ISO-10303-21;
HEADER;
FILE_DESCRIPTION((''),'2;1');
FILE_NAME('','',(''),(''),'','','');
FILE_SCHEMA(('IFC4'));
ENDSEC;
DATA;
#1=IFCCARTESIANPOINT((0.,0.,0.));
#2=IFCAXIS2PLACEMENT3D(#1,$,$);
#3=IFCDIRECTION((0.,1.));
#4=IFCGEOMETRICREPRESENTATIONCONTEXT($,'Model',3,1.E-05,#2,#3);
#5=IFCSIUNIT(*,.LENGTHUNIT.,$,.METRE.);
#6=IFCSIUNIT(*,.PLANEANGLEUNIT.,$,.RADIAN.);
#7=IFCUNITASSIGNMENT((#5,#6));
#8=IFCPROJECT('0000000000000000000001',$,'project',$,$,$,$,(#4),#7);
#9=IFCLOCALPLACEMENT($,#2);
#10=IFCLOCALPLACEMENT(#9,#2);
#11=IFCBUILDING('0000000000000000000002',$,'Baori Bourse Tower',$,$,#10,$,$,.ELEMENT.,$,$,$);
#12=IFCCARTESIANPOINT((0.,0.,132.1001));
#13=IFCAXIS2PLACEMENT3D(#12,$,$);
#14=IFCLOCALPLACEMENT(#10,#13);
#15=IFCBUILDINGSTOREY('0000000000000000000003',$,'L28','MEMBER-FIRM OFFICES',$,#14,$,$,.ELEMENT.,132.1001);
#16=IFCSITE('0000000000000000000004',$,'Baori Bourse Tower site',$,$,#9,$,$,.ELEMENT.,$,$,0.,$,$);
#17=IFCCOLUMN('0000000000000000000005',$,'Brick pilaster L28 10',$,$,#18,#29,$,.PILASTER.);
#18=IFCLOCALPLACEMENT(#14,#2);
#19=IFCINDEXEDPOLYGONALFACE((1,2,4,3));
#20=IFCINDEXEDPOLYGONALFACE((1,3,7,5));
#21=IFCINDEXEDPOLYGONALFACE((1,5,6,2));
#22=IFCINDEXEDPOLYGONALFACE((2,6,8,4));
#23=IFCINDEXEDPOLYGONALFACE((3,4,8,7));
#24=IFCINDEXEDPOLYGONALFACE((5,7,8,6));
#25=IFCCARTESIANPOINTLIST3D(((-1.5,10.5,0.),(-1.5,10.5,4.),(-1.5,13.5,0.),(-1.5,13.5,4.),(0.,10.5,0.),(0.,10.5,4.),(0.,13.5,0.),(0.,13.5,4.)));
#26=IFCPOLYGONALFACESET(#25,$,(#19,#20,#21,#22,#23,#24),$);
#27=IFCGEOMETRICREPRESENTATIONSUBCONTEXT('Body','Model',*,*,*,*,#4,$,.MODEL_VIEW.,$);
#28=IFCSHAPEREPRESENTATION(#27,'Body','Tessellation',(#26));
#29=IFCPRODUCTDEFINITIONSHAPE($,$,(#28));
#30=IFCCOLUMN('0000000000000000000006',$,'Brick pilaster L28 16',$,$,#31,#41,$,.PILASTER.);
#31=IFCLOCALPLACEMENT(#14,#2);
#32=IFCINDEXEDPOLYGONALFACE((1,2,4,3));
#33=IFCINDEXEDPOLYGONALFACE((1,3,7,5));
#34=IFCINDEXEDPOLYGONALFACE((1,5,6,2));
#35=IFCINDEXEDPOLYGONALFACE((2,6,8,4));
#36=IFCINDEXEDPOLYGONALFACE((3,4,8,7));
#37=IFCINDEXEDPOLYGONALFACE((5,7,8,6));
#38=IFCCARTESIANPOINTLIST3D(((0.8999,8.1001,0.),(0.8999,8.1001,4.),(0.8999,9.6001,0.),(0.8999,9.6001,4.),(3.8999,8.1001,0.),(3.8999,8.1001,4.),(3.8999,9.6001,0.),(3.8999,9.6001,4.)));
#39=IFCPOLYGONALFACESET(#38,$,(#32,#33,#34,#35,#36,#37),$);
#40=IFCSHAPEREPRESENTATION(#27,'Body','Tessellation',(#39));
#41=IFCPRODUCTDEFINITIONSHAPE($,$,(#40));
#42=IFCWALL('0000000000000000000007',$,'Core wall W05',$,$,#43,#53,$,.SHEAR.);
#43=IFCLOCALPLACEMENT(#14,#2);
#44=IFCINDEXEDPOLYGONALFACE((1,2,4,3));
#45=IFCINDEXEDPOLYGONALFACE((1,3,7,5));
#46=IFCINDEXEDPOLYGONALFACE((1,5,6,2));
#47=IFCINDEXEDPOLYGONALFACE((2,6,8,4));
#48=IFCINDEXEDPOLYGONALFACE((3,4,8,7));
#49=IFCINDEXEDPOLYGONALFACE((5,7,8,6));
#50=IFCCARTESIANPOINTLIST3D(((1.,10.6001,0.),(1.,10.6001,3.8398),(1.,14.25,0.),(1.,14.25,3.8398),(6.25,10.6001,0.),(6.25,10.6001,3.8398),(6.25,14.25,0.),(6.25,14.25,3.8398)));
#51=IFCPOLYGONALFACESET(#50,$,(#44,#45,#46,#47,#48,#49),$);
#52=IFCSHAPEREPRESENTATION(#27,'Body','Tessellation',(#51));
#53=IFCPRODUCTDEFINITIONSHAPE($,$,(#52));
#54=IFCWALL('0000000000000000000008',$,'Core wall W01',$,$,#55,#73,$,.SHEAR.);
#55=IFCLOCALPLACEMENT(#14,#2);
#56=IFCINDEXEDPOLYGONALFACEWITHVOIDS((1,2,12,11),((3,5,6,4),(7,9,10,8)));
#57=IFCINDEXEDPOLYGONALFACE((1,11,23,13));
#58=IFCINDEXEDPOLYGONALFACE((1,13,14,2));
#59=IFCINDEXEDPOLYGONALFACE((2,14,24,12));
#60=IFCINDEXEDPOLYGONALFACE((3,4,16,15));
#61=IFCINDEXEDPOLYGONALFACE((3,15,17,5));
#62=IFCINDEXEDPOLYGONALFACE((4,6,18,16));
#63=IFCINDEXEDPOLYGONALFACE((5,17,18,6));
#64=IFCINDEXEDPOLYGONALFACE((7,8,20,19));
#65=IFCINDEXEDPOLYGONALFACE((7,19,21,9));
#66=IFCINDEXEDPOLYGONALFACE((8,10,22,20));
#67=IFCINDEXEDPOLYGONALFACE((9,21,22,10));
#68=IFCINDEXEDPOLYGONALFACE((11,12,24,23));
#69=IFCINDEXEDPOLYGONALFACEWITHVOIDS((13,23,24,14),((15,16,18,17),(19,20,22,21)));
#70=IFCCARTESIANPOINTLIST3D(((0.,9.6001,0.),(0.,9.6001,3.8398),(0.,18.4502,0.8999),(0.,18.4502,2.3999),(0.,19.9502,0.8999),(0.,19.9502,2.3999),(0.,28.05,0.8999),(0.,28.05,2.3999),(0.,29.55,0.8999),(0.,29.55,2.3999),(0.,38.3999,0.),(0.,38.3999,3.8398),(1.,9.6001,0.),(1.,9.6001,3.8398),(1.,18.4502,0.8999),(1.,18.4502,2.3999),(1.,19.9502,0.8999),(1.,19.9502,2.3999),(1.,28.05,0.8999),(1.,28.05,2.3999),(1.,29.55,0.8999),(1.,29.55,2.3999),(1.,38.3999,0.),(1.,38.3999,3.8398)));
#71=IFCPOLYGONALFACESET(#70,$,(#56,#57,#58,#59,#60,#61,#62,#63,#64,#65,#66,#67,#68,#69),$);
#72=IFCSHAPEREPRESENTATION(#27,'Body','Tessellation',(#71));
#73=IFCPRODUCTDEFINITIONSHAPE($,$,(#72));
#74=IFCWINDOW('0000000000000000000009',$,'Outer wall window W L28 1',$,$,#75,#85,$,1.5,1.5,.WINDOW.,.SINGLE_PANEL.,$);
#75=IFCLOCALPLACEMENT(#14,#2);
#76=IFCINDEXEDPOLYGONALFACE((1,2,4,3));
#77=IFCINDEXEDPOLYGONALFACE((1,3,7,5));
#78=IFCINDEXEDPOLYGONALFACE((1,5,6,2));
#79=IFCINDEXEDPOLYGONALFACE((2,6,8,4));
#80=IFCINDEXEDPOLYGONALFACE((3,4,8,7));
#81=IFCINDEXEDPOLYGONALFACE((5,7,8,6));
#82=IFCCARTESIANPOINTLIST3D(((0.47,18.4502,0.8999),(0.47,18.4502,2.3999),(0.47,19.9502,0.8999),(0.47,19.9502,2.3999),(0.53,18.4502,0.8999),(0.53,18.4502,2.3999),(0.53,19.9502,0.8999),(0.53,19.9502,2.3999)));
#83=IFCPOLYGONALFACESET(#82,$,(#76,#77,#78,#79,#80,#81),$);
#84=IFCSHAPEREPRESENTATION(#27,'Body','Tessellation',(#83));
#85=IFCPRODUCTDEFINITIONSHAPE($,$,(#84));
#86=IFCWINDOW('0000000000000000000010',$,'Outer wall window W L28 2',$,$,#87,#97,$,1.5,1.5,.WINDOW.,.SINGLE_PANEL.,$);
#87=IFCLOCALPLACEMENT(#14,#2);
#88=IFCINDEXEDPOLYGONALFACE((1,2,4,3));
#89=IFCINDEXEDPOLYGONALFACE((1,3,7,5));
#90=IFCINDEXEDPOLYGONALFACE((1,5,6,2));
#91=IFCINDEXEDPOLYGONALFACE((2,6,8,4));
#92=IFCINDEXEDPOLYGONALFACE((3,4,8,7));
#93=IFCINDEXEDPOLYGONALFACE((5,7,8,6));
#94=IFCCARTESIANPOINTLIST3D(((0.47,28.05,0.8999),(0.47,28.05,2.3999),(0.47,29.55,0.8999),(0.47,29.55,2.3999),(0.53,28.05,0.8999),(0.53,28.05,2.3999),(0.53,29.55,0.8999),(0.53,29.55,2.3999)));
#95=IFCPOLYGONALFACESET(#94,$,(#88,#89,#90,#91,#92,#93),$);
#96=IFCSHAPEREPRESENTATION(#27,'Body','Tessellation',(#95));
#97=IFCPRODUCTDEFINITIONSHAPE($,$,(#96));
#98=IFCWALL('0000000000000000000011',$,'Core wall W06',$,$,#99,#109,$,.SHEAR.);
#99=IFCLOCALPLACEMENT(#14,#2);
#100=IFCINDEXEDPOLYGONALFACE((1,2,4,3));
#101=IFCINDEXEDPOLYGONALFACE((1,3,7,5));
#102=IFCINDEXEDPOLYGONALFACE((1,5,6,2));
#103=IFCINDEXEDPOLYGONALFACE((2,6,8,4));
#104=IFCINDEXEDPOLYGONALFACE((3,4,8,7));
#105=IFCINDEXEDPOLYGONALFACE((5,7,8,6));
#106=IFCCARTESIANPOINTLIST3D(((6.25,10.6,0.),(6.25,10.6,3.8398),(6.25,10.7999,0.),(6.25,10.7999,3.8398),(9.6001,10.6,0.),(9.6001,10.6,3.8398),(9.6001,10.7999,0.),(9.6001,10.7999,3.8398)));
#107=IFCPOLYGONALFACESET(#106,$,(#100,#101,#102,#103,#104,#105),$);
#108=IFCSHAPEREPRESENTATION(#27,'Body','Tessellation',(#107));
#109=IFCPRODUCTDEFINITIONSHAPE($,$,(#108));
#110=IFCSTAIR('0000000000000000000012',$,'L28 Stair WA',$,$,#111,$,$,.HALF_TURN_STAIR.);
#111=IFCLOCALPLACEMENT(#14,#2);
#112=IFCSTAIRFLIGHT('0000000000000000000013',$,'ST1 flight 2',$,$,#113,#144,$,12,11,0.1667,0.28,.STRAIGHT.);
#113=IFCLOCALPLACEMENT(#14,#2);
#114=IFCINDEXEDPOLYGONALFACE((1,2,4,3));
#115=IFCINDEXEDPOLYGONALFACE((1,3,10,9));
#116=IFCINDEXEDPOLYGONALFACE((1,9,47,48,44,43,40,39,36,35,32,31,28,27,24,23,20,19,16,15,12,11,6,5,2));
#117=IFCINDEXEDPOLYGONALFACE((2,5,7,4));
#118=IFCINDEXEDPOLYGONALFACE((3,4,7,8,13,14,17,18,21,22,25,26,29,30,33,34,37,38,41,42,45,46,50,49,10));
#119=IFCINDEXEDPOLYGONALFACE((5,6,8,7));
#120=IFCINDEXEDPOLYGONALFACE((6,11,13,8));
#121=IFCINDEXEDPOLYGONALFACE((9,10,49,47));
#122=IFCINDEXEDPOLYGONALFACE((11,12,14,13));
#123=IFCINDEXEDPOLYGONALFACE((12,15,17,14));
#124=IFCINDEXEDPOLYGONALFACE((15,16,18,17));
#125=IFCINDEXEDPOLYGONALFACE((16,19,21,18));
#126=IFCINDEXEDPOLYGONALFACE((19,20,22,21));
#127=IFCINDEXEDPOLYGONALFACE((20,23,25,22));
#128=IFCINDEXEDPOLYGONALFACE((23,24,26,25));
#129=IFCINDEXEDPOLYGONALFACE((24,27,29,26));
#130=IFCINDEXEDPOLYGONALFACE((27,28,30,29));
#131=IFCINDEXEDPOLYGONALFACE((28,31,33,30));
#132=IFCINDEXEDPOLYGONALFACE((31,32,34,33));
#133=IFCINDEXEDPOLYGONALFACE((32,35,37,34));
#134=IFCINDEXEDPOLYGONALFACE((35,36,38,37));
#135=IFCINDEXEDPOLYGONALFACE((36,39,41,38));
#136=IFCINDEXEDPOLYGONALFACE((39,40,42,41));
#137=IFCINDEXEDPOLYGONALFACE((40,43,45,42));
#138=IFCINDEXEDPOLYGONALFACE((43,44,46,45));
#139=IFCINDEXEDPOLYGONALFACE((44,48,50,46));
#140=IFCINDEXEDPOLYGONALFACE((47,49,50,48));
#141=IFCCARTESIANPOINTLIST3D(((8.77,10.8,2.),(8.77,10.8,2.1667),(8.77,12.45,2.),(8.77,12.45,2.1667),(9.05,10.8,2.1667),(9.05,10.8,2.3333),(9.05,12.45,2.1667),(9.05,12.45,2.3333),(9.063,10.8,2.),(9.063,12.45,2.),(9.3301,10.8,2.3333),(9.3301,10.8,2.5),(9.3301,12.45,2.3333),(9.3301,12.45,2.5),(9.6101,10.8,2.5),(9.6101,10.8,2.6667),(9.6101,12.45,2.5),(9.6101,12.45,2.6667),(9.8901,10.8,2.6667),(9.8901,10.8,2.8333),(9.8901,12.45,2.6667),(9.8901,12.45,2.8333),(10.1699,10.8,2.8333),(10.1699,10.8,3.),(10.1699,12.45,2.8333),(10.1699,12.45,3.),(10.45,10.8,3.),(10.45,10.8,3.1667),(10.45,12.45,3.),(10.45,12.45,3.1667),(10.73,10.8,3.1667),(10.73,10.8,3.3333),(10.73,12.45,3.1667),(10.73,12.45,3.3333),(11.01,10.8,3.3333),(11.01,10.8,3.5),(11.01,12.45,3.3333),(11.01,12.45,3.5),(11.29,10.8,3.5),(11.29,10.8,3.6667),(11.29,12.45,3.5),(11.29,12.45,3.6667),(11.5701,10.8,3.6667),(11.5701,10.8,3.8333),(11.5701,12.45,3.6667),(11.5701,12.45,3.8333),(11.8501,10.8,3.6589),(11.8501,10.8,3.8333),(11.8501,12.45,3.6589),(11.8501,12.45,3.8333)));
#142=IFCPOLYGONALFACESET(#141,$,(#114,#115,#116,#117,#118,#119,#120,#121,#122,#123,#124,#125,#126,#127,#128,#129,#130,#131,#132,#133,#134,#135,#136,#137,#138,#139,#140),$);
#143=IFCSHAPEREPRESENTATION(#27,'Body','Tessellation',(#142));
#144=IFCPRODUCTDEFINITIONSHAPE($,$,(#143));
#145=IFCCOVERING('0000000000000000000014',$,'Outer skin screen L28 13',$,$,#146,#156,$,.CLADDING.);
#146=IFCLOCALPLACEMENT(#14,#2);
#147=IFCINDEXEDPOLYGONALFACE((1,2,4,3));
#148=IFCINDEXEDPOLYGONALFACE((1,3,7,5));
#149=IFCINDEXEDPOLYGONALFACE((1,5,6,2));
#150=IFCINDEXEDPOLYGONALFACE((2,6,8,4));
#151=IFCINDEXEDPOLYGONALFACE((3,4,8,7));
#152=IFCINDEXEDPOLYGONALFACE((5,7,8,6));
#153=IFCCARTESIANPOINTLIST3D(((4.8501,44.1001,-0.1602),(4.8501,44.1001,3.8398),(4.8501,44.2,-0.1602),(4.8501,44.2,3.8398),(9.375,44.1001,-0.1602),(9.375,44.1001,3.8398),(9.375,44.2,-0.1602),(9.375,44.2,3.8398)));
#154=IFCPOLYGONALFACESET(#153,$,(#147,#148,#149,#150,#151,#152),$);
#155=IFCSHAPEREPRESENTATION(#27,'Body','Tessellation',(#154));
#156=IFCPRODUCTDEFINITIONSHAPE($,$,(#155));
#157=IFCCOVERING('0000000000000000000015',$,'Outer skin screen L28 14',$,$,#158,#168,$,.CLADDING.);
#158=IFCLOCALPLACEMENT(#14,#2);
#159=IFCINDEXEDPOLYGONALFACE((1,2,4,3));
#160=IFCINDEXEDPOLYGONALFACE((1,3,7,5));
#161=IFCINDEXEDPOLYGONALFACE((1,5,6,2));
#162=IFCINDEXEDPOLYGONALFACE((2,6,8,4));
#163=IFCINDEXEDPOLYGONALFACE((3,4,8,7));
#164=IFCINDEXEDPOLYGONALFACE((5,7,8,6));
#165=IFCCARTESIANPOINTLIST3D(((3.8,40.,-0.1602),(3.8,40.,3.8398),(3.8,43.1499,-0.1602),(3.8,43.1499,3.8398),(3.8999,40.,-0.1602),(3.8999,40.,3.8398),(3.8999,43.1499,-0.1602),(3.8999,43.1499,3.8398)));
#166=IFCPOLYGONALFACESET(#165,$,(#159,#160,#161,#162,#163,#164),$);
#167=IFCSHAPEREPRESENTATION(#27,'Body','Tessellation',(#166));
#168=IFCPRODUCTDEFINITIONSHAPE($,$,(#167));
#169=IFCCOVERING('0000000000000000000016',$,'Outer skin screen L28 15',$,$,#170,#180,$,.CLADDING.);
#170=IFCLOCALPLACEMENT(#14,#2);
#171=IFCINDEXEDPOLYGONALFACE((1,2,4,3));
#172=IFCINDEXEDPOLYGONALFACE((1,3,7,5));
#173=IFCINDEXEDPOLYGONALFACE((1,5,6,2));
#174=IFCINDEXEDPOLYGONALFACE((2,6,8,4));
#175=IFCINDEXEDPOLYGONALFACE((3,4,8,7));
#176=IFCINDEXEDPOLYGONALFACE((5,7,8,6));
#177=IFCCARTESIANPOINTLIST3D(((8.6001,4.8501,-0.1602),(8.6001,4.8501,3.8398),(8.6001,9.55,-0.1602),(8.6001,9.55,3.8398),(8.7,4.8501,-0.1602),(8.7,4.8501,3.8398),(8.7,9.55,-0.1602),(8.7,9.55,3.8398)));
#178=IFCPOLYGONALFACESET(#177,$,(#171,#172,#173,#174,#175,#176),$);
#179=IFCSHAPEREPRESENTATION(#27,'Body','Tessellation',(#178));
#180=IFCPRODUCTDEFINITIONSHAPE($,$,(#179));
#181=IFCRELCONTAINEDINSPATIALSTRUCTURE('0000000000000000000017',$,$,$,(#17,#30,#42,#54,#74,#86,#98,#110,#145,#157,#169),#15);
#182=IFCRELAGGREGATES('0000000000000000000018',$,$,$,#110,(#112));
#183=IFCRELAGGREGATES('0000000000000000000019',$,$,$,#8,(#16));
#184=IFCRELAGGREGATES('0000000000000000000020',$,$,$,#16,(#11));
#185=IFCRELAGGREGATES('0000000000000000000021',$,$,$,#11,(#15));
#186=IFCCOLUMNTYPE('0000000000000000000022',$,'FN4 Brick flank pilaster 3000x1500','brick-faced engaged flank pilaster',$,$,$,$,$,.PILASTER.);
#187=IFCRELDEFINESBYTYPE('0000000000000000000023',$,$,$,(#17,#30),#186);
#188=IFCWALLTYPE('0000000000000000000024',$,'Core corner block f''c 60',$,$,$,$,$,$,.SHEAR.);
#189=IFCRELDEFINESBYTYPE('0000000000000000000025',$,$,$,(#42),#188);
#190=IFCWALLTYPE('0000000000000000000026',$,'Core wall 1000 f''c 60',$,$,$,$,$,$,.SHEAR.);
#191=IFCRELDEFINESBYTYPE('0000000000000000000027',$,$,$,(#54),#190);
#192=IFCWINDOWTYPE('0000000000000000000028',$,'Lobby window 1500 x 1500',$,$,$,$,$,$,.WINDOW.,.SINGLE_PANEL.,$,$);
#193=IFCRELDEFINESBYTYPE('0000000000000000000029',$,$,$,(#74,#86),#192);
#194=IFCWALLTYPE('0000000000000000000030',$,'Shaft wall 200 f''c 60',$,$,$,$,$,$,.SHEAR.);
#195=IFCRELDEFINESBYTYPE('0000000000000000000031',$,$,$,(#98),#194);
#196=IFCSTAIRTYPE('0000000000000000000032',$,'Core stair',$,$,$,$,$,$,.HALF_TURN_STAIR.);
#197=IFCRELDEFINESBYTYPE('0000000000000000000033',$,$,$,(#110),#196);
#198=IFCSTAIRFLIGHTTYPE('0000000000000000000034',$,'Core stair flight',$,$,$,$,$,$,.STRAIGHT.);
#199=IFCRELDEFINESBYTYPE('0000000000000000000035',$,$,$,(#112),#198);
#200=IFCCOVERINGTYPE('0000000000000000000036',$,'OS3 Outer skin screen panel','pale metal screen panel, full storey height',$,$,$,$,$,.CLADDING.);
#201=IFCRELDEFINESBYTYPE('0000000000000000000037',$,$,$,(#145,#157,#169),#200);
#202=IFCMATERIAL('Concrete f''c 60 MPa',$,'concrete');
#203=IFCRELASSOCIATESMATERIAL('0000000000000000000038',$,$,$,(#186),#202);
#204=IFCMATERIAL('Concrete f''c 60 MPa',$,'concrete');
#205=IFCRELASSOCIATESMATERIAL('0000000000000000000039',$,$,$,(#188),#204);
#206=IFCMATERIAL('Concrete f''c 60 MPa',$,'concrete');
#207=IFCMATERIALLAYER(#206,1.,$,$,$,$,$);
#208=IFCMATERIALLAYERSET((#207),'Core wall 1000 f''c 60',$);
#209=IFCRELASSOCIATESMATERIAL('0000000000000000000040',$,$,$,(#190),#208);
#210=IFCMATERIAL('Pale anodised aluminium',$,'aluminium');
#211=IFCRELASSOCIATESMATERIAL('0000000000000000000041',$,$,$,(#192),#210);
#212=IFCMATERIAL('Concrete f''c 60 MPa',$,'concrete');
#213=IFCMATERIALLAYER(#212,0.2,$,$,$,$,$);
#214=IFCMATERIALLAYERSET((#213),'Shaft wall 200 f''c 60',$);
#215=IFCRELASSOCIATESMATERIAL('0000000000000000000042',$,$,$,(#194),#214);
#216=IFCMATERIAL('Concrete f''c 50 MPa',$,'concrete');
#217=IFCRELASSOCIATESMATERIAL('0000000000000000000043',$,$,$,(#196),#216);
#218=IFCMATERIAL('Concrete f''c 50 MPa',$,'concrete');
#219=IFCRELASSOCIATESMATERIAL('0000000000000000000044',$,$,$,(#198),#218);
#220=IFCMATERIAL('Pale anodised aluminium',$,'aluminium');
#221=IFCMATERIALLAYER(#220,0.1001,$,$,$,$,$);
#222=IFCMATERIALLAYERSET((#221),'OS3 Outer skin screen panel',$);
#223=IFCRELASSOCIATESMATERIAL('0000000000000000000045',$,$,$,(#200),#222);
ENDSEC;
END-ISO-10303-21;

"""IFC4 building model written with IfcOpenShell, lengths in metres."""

from ifc_helpers import new_model, si_unit, direction, frame, frame_2d, origin, origin_2d, place, context, subcontext, project, spatial, polyline, rectangle, outline, extrude, material, layer, layer_set, material_profile, profile_set, type_object, element, fill, aggregate, save


model = new_model("IFC4")

# Units and contexts
model_context = context("Model", 3, precision=1e-05, world=origin(), true_north=direction((0.0, 1.0)))
body_context = subcontext(model_context, "Body", "Model", "MODEL_VIEW")
ifc_project = project(units=[si_unit("LENGTHUNIT", "METRE"), si_unit("PLANEANGLEUNIT", "RADIAN")], contexts=[model_context])

# Site, building, storey
site_placement = place(None, origin())
site = spatial("IfcSite", under=ifc_project, at=site_placement, Name="Baori Bourse Tower site", CompositionType="ELEMENT", RefElevation=0.0)
building_placement = place(site_placement, origin())
building = spatial("IfcBuilding", under=site, at=building_placement, Name="Baori Bourse Tower", CompositionType="ELEMENT")
storey_placement = place(building_placement, frame((0.0, 0.0, 132.1001)))
storey = spatial("IfcBuildingStorey", under=building, at=storey_placement, Name="L28", Description="MEMBER-FIRM OFFICES", CompositionType="ELEMENT", Elevation=132.1001)

# Columns
ifc_material_1 = material(Name="Concrete f'c 60 MPa", Category="concrete")
ifc_material_profile = material_profile(ifc_material_1, rectangle(XDim=3.0, YDim=1.5, at=origin_2d()), Name="RC 3000x1500")
ifc_profile_set = profile_set([ifc_material_profile], Name="Concrete f'c 60 MPa")
column_type = type_object("IfcColumnType", Name="FN4 Brick flank pilaster 3000x1500", Description="brick-faced engaged flank pilaster", PredefinedType="PILASTER", material=ifc_profile_set)
for number, where, z_axis, x_axis, name in (
    (1, (-0.75, 12.0, 0.0), (0.0, 0.0, 1.0), (0.0, 1.0, 0.0), "Brick pilaster L28 10"),
    (2, (2.3999, 8.8501, 0.0), (0.0, 0.0, 1.0), (1.0, 0.0, 0.0), "Brick pilaster L28 16"),
):
    element("IfcColumn", number, at=place(storey_placement, frame(where, z_axis=z_axis, x_axis=x_axis)), inside=storey, type_object=column_type, Name=name, PredefinedType="PILASTER", context=body_context, shape_type="SweptSolid", body=[
        extrude(rectangle(XDim=3.0, YDim=1.5, at=origin_2d()), origin(), (0.0, 0.0, 1.0), 4.0),
    ])

# Wall
ifc_material_2 = material(Name="Concrete f'c 60 MPa", Category="concrete")
wall_type_1 = type_object("IfcWallType", Name="Core corner block f'c 60", PredefinedType="SHEAR", material=ifc_material_2)
wall_1_placement = place(storey_placement, frame((1.0, 12.425, 0.0), z_axis=(0.0, 0.0, 1.0), x_axis=(1.0, 0.0, 0.0)))
element("IfcWall", 3, at=wall_1_placement, inside=storey, type_object=wall_type_1, Name="Core wall W05", PredefinedType="SHEAR", context=body_context, shape_type="SweptSolid", body=[
    extrude(rectangle(XDim=5.25, YDim=3.6499, at=frame_2d((2.625, 0.0))), origin(), (0.0, 0.0, 1.0), 3.8398),
])

# Wall, openings, windows
ifc_material_3 = material(Name="Concrete f'c 60 MPa", Category="concrete")
ifc_layer_1 = layer(ifc_material_3, 1.0)
ifc_layer_set_1 = layer_set([ifc_layer_1], Name="Core wall 1000 f'c 60")
wall_type_2 = type_object("IfcWallType", Name="Core wall 1000 f'c 60", PredefinedType="SHEAR", material=ifc_layer_set_1)
wall_2_placement = place(storey_placement, frame((0.5, 9.6001, 0.0), z_axis=(0.0, 0.0, 1.0), x_axis=(0.0, 1.0, 0.0)))
wall_2 = element("IfcWall", 4, at=wall_2_placement, inside=storey, type_object=wall_type_2, Name="Core wall W01", PredefinedType="SHEAR", context=body_context, shape_type="SweptSolid", body=[
    extrude(rectangle(XDim=28.7998, YDim=1.0, at=frame_2d((14.3999, 0.0))), origin(), (0.0, 0.0, 1.0), 3.8398),
])
opening_1_placement = place(wall_2_placement, frame((8.8501, 0.0, 0.8999)))
opening_1 = element("IfcOpeningElement", 5, at=opening_1_placement, cuts=wall_2, PredefinedType="OPENING", context=body_context, shape_type="SweptSolid", body=[
    extrude(rectangle(XDim=1.5, YDim=1.5, at=frame_2d((0.75, 0.75))), frame((0.0, 0.51, 0.0), z_axis=(0.0, -1.0, 0.0), x_axis=(1.0, 0.0, 0.0)), (0.0, 0.0, 1.0), 1.02),
])
opening_2_placement = place(wall_2_placement, frame((18.45, 0.0, 0.8999)))
opening_2 = element("IfcOpeningElement", 6, at=opening_2_placement, cuts=wall_2, PredefinedType="OPENING", context=body_context, shape_type="SweptSolid", body=[
    extrude(rectangle(XDim=1.5, YDim=1.5, at=frame_2d((0.75, 0.75))), frame((0.0, 0.51, 0.0), z_axis=(0.0, -1.0, 0.0), x_axis=(1.0, 0.0, 0.0)), (0.0, 0.0, 1.0), 1.02),
])
ifc_material_4 = material(Name="Pale anodised aluminium", Category="aluminium")
window_type = type_object("IfcWindowType", Name="Lobby window 1500 x 1500", PartitioningType="SINGLE_PANEL", PredefinedType="WINDOW", material=ifc_material_4)
window_1_placement = place(opening_1_placement, origin())
window_1 = element("IfcWindow", 7, at=window_1_placement, inside=storey, type_object=window_type, Name="Outer wall window W L28 1", OverallHeight=1.5, OverallWidth=1.5, PartitioningType="SINGLE_PANEL", PredefinedType="WINDOW", context=body_context, shape_type="SweptSolid", body=[
    extrude(rectangle(XDim=1.5, YDim=1.5, at=frame_2d((0.75, 0.75))), frame((0.0, 0.03, 0.0), z_axis=(0.0, -1.0, 0.0), x_axis=(1.0, 0.0, 0.0)), (0.0, 0.0, 1.0), 0.0601),
])
fill(opening_1, window_1)
window_2_placement = place(opening_2_placement, origin())
window_2 = element("IfcWindow", 8, at=window_2_placement, inside=storey, type_object=window_type, Name="Outer wall window W L28 2", OverallHeight=1.5, OverallWidth=1.5, PartitioningType="SINGLE_PANEL", PredefinedType="WINDOW", context=body_context, shape_type="SweptSolid", body=[
    extrude(rectangle(XDim=1.5, YDim=1.5, at=frame_2d((0.75, 0.75))), frame((0.0, 0.03, 0.0), z_axis=(0.0, -1.0, 0.0), x_axis=(1.0, 0.0, 0.0)), (0.0, 0.0, 1.0), 0.0601),
])
fill(opening_2, window_2)

# Wall
ifc_material_5 = material(Name="Concrete f'c 60 MPa", Category="concrete")
ifc_layer_2 = layer(ifc_material_5, 0.2)
ifc_layer_set_2 = layer_set([ifc_layer_2], Name="Shaft wall 200 f'c 60")
wall_type_3 = type_object("IfcWallType", Name="Shaft wall 200 f'c 60", PredefinedType="SHEAR", material=ifc_layer_set_2)
wall_3_placement = place(storey_placement, frame((6.25, 10.7, 0.0), z_axis=(0.0, 0.0, 1.0), x_axis=(1.0, 0.0, 0.0)))
element("IfcWall", 9, at=wall_3_placement, inside=storey, type_object=wall_type_3, Name="Core wall W06", PredefinedType="SHEAR", context=body_context, shape_type="SweptSolid", body=[
    extrude(rectangle(XDim=3.3501, YDim=0.2, at=frame_2d((1.675, 0.0))), origin(), (0.0, 0.0, 1.0), 3.8398),
])

# Stair, stair flight
ifc_material_6 = material(Name="Concrete f'c 50 MPa", Category="concrete")
stair_type = type_object("IfcStairType", Name="Core stair", PredefinedType="HALF_TURN_STAIR", material=ifc_material_6)
stair_placement = place(storey_placement, origin())
stair = element("IfcStair", 10, at=stair_placement, inside=storey, type_object=stair_type, Name="L28 Stair WA", PredefinedType="HALF_TURN_STAIR")
ifc_material_7 = material(Name="Concrete f'c 50 MPa", Category="concrete")
stair_flight_type = type_object("IfcStairFlightType", Name="Core stair flight", PredefinedType="STRAIGHT", material=ifc_material_7)
stair_flight_placement = place(storey_placement, frame((8.77, 11.625, 2.0), z_axis=(0.0, 0.0, 1.0), x_axis=(1.0, 0.0, 0.0)))
stair_flight = element("IfcStairFlight", 11, at=stair_flight_placement, type_object=stair_flight_type, Name="ST1 flight 2", NumberOfRisers=12, NumberOfTreads=11, PredefinedType="STRAIGHT", RiserHeight=0.1667, TreadLength=0.28, context=body_context, shape_type="SweptSolid", body=[
    extrude(outline(polyline([(0.0, 0.0), (0.0, 0.1667), (0.28, 0.1667), (0.28, 0.3333), (0.5601, 0.3333), (0.5601, 0.5), (0.8401, 0.5), (0.8401, 0.6667), (1.1201, 0.6667), (1.1201, 0.8333), (1.3999, 0.8333), (1.3999, 1.0), (1.6799, 1.0), (1.6799, 1.1667), (1.96, 1.1667), (1.96, 1.3333), (2.24, 1.3333), (2.24, 1.5), (2.52, 1.5), (2.52, 1.6667), (2.8, 1.6667), (2.8, 1.8333), (3.0801, 1.8333), (3.0801, 2.0), (3.0801, 1.6589), (0.293, 0.0), (0.0, 0.0)])), frame((0.0, 0.825, 0.0), z_axis=(0.0, -1.0, 0.0), x_axis=(1.0, 0.0, 0.0)), (0.0, 0.0, 1.0), 1.6499),
])
aggregate(stair, [stair_flight])

# Coverings
ifc_material_8 = material(Name="Pale anodised aluminium", Category="aluminium")
ifc_layer_3 = layer(ifc_material_8, 0.1001)
ifc_layer_set_3 = layer_set([ifc_layer_3], Name="OS3 Outer skin screen panel")
covering_type = type_object("IfcCoveringType", Name="OS3 Outer skin screen panel", Description="pale metal screen panel, full storey height", PredefinedType="CLADDING", material=ifc_layer_set_3)
covering_1_placement = place(storey_placement, frame((0.0, 0.0, -0.1602)))
element("IfcCovering", 12, at=covering_1_placement, inside=storey, type_object=covering_type, Name="Outer skin screen L28 13", PredefinedType="CLADDING", context=body_context, shape_type="SweptSolid", body=[
    extrude(outline(polyline([(4.8501, 44.1001), (9.375, 44.1001), (9.375, 44.2), (4.8501, 44.2), (4.8501, 44.1001)])), origin(), (0.0, 0.0, 1.0), 4.0),
])
covering_2_placement = place(storey_placement, frame((0.0, 0.0, -0.1602)))
element("IfcCovering", 13, at=covering_2_placement, inside=storey, type_object=covering_type, Name="Outer skin screen L28 14", PredefinedType="CLADDING", context=body_context, shape_type="SweptSolid", body=[
    extrude(outline(polyline([(3.8999, 40.0), (3.8999, 43.1499), (3.8, 43.1499), (3.8, 40.0), (3.8999, 40.0), (3.8999, 40.0)])), origin(), (0.0, 0.0, 1.0), 4.0),
])
covering_3_placement = place(storey_placement, frame((0.0, 0.0, -0.1602)))
element("IfcCovering", 14, at=covering_3_placement, inside=storey, type_object=covering_type, Name="Outer skin screen L28 15", PredefinedType="CLADDING", context=body_context, shape_type="SweptSolid", body=[
    extrude(outline(polyline([(8.7, 4.8501), (8.7, 9.55), (8.6001, 9.55), (8.6001, 4.8501), (8.7, 4.8501)])), origin(), (0.0, 0.0, 1.0), 4.0),
])

save(model, "model.ifc")
